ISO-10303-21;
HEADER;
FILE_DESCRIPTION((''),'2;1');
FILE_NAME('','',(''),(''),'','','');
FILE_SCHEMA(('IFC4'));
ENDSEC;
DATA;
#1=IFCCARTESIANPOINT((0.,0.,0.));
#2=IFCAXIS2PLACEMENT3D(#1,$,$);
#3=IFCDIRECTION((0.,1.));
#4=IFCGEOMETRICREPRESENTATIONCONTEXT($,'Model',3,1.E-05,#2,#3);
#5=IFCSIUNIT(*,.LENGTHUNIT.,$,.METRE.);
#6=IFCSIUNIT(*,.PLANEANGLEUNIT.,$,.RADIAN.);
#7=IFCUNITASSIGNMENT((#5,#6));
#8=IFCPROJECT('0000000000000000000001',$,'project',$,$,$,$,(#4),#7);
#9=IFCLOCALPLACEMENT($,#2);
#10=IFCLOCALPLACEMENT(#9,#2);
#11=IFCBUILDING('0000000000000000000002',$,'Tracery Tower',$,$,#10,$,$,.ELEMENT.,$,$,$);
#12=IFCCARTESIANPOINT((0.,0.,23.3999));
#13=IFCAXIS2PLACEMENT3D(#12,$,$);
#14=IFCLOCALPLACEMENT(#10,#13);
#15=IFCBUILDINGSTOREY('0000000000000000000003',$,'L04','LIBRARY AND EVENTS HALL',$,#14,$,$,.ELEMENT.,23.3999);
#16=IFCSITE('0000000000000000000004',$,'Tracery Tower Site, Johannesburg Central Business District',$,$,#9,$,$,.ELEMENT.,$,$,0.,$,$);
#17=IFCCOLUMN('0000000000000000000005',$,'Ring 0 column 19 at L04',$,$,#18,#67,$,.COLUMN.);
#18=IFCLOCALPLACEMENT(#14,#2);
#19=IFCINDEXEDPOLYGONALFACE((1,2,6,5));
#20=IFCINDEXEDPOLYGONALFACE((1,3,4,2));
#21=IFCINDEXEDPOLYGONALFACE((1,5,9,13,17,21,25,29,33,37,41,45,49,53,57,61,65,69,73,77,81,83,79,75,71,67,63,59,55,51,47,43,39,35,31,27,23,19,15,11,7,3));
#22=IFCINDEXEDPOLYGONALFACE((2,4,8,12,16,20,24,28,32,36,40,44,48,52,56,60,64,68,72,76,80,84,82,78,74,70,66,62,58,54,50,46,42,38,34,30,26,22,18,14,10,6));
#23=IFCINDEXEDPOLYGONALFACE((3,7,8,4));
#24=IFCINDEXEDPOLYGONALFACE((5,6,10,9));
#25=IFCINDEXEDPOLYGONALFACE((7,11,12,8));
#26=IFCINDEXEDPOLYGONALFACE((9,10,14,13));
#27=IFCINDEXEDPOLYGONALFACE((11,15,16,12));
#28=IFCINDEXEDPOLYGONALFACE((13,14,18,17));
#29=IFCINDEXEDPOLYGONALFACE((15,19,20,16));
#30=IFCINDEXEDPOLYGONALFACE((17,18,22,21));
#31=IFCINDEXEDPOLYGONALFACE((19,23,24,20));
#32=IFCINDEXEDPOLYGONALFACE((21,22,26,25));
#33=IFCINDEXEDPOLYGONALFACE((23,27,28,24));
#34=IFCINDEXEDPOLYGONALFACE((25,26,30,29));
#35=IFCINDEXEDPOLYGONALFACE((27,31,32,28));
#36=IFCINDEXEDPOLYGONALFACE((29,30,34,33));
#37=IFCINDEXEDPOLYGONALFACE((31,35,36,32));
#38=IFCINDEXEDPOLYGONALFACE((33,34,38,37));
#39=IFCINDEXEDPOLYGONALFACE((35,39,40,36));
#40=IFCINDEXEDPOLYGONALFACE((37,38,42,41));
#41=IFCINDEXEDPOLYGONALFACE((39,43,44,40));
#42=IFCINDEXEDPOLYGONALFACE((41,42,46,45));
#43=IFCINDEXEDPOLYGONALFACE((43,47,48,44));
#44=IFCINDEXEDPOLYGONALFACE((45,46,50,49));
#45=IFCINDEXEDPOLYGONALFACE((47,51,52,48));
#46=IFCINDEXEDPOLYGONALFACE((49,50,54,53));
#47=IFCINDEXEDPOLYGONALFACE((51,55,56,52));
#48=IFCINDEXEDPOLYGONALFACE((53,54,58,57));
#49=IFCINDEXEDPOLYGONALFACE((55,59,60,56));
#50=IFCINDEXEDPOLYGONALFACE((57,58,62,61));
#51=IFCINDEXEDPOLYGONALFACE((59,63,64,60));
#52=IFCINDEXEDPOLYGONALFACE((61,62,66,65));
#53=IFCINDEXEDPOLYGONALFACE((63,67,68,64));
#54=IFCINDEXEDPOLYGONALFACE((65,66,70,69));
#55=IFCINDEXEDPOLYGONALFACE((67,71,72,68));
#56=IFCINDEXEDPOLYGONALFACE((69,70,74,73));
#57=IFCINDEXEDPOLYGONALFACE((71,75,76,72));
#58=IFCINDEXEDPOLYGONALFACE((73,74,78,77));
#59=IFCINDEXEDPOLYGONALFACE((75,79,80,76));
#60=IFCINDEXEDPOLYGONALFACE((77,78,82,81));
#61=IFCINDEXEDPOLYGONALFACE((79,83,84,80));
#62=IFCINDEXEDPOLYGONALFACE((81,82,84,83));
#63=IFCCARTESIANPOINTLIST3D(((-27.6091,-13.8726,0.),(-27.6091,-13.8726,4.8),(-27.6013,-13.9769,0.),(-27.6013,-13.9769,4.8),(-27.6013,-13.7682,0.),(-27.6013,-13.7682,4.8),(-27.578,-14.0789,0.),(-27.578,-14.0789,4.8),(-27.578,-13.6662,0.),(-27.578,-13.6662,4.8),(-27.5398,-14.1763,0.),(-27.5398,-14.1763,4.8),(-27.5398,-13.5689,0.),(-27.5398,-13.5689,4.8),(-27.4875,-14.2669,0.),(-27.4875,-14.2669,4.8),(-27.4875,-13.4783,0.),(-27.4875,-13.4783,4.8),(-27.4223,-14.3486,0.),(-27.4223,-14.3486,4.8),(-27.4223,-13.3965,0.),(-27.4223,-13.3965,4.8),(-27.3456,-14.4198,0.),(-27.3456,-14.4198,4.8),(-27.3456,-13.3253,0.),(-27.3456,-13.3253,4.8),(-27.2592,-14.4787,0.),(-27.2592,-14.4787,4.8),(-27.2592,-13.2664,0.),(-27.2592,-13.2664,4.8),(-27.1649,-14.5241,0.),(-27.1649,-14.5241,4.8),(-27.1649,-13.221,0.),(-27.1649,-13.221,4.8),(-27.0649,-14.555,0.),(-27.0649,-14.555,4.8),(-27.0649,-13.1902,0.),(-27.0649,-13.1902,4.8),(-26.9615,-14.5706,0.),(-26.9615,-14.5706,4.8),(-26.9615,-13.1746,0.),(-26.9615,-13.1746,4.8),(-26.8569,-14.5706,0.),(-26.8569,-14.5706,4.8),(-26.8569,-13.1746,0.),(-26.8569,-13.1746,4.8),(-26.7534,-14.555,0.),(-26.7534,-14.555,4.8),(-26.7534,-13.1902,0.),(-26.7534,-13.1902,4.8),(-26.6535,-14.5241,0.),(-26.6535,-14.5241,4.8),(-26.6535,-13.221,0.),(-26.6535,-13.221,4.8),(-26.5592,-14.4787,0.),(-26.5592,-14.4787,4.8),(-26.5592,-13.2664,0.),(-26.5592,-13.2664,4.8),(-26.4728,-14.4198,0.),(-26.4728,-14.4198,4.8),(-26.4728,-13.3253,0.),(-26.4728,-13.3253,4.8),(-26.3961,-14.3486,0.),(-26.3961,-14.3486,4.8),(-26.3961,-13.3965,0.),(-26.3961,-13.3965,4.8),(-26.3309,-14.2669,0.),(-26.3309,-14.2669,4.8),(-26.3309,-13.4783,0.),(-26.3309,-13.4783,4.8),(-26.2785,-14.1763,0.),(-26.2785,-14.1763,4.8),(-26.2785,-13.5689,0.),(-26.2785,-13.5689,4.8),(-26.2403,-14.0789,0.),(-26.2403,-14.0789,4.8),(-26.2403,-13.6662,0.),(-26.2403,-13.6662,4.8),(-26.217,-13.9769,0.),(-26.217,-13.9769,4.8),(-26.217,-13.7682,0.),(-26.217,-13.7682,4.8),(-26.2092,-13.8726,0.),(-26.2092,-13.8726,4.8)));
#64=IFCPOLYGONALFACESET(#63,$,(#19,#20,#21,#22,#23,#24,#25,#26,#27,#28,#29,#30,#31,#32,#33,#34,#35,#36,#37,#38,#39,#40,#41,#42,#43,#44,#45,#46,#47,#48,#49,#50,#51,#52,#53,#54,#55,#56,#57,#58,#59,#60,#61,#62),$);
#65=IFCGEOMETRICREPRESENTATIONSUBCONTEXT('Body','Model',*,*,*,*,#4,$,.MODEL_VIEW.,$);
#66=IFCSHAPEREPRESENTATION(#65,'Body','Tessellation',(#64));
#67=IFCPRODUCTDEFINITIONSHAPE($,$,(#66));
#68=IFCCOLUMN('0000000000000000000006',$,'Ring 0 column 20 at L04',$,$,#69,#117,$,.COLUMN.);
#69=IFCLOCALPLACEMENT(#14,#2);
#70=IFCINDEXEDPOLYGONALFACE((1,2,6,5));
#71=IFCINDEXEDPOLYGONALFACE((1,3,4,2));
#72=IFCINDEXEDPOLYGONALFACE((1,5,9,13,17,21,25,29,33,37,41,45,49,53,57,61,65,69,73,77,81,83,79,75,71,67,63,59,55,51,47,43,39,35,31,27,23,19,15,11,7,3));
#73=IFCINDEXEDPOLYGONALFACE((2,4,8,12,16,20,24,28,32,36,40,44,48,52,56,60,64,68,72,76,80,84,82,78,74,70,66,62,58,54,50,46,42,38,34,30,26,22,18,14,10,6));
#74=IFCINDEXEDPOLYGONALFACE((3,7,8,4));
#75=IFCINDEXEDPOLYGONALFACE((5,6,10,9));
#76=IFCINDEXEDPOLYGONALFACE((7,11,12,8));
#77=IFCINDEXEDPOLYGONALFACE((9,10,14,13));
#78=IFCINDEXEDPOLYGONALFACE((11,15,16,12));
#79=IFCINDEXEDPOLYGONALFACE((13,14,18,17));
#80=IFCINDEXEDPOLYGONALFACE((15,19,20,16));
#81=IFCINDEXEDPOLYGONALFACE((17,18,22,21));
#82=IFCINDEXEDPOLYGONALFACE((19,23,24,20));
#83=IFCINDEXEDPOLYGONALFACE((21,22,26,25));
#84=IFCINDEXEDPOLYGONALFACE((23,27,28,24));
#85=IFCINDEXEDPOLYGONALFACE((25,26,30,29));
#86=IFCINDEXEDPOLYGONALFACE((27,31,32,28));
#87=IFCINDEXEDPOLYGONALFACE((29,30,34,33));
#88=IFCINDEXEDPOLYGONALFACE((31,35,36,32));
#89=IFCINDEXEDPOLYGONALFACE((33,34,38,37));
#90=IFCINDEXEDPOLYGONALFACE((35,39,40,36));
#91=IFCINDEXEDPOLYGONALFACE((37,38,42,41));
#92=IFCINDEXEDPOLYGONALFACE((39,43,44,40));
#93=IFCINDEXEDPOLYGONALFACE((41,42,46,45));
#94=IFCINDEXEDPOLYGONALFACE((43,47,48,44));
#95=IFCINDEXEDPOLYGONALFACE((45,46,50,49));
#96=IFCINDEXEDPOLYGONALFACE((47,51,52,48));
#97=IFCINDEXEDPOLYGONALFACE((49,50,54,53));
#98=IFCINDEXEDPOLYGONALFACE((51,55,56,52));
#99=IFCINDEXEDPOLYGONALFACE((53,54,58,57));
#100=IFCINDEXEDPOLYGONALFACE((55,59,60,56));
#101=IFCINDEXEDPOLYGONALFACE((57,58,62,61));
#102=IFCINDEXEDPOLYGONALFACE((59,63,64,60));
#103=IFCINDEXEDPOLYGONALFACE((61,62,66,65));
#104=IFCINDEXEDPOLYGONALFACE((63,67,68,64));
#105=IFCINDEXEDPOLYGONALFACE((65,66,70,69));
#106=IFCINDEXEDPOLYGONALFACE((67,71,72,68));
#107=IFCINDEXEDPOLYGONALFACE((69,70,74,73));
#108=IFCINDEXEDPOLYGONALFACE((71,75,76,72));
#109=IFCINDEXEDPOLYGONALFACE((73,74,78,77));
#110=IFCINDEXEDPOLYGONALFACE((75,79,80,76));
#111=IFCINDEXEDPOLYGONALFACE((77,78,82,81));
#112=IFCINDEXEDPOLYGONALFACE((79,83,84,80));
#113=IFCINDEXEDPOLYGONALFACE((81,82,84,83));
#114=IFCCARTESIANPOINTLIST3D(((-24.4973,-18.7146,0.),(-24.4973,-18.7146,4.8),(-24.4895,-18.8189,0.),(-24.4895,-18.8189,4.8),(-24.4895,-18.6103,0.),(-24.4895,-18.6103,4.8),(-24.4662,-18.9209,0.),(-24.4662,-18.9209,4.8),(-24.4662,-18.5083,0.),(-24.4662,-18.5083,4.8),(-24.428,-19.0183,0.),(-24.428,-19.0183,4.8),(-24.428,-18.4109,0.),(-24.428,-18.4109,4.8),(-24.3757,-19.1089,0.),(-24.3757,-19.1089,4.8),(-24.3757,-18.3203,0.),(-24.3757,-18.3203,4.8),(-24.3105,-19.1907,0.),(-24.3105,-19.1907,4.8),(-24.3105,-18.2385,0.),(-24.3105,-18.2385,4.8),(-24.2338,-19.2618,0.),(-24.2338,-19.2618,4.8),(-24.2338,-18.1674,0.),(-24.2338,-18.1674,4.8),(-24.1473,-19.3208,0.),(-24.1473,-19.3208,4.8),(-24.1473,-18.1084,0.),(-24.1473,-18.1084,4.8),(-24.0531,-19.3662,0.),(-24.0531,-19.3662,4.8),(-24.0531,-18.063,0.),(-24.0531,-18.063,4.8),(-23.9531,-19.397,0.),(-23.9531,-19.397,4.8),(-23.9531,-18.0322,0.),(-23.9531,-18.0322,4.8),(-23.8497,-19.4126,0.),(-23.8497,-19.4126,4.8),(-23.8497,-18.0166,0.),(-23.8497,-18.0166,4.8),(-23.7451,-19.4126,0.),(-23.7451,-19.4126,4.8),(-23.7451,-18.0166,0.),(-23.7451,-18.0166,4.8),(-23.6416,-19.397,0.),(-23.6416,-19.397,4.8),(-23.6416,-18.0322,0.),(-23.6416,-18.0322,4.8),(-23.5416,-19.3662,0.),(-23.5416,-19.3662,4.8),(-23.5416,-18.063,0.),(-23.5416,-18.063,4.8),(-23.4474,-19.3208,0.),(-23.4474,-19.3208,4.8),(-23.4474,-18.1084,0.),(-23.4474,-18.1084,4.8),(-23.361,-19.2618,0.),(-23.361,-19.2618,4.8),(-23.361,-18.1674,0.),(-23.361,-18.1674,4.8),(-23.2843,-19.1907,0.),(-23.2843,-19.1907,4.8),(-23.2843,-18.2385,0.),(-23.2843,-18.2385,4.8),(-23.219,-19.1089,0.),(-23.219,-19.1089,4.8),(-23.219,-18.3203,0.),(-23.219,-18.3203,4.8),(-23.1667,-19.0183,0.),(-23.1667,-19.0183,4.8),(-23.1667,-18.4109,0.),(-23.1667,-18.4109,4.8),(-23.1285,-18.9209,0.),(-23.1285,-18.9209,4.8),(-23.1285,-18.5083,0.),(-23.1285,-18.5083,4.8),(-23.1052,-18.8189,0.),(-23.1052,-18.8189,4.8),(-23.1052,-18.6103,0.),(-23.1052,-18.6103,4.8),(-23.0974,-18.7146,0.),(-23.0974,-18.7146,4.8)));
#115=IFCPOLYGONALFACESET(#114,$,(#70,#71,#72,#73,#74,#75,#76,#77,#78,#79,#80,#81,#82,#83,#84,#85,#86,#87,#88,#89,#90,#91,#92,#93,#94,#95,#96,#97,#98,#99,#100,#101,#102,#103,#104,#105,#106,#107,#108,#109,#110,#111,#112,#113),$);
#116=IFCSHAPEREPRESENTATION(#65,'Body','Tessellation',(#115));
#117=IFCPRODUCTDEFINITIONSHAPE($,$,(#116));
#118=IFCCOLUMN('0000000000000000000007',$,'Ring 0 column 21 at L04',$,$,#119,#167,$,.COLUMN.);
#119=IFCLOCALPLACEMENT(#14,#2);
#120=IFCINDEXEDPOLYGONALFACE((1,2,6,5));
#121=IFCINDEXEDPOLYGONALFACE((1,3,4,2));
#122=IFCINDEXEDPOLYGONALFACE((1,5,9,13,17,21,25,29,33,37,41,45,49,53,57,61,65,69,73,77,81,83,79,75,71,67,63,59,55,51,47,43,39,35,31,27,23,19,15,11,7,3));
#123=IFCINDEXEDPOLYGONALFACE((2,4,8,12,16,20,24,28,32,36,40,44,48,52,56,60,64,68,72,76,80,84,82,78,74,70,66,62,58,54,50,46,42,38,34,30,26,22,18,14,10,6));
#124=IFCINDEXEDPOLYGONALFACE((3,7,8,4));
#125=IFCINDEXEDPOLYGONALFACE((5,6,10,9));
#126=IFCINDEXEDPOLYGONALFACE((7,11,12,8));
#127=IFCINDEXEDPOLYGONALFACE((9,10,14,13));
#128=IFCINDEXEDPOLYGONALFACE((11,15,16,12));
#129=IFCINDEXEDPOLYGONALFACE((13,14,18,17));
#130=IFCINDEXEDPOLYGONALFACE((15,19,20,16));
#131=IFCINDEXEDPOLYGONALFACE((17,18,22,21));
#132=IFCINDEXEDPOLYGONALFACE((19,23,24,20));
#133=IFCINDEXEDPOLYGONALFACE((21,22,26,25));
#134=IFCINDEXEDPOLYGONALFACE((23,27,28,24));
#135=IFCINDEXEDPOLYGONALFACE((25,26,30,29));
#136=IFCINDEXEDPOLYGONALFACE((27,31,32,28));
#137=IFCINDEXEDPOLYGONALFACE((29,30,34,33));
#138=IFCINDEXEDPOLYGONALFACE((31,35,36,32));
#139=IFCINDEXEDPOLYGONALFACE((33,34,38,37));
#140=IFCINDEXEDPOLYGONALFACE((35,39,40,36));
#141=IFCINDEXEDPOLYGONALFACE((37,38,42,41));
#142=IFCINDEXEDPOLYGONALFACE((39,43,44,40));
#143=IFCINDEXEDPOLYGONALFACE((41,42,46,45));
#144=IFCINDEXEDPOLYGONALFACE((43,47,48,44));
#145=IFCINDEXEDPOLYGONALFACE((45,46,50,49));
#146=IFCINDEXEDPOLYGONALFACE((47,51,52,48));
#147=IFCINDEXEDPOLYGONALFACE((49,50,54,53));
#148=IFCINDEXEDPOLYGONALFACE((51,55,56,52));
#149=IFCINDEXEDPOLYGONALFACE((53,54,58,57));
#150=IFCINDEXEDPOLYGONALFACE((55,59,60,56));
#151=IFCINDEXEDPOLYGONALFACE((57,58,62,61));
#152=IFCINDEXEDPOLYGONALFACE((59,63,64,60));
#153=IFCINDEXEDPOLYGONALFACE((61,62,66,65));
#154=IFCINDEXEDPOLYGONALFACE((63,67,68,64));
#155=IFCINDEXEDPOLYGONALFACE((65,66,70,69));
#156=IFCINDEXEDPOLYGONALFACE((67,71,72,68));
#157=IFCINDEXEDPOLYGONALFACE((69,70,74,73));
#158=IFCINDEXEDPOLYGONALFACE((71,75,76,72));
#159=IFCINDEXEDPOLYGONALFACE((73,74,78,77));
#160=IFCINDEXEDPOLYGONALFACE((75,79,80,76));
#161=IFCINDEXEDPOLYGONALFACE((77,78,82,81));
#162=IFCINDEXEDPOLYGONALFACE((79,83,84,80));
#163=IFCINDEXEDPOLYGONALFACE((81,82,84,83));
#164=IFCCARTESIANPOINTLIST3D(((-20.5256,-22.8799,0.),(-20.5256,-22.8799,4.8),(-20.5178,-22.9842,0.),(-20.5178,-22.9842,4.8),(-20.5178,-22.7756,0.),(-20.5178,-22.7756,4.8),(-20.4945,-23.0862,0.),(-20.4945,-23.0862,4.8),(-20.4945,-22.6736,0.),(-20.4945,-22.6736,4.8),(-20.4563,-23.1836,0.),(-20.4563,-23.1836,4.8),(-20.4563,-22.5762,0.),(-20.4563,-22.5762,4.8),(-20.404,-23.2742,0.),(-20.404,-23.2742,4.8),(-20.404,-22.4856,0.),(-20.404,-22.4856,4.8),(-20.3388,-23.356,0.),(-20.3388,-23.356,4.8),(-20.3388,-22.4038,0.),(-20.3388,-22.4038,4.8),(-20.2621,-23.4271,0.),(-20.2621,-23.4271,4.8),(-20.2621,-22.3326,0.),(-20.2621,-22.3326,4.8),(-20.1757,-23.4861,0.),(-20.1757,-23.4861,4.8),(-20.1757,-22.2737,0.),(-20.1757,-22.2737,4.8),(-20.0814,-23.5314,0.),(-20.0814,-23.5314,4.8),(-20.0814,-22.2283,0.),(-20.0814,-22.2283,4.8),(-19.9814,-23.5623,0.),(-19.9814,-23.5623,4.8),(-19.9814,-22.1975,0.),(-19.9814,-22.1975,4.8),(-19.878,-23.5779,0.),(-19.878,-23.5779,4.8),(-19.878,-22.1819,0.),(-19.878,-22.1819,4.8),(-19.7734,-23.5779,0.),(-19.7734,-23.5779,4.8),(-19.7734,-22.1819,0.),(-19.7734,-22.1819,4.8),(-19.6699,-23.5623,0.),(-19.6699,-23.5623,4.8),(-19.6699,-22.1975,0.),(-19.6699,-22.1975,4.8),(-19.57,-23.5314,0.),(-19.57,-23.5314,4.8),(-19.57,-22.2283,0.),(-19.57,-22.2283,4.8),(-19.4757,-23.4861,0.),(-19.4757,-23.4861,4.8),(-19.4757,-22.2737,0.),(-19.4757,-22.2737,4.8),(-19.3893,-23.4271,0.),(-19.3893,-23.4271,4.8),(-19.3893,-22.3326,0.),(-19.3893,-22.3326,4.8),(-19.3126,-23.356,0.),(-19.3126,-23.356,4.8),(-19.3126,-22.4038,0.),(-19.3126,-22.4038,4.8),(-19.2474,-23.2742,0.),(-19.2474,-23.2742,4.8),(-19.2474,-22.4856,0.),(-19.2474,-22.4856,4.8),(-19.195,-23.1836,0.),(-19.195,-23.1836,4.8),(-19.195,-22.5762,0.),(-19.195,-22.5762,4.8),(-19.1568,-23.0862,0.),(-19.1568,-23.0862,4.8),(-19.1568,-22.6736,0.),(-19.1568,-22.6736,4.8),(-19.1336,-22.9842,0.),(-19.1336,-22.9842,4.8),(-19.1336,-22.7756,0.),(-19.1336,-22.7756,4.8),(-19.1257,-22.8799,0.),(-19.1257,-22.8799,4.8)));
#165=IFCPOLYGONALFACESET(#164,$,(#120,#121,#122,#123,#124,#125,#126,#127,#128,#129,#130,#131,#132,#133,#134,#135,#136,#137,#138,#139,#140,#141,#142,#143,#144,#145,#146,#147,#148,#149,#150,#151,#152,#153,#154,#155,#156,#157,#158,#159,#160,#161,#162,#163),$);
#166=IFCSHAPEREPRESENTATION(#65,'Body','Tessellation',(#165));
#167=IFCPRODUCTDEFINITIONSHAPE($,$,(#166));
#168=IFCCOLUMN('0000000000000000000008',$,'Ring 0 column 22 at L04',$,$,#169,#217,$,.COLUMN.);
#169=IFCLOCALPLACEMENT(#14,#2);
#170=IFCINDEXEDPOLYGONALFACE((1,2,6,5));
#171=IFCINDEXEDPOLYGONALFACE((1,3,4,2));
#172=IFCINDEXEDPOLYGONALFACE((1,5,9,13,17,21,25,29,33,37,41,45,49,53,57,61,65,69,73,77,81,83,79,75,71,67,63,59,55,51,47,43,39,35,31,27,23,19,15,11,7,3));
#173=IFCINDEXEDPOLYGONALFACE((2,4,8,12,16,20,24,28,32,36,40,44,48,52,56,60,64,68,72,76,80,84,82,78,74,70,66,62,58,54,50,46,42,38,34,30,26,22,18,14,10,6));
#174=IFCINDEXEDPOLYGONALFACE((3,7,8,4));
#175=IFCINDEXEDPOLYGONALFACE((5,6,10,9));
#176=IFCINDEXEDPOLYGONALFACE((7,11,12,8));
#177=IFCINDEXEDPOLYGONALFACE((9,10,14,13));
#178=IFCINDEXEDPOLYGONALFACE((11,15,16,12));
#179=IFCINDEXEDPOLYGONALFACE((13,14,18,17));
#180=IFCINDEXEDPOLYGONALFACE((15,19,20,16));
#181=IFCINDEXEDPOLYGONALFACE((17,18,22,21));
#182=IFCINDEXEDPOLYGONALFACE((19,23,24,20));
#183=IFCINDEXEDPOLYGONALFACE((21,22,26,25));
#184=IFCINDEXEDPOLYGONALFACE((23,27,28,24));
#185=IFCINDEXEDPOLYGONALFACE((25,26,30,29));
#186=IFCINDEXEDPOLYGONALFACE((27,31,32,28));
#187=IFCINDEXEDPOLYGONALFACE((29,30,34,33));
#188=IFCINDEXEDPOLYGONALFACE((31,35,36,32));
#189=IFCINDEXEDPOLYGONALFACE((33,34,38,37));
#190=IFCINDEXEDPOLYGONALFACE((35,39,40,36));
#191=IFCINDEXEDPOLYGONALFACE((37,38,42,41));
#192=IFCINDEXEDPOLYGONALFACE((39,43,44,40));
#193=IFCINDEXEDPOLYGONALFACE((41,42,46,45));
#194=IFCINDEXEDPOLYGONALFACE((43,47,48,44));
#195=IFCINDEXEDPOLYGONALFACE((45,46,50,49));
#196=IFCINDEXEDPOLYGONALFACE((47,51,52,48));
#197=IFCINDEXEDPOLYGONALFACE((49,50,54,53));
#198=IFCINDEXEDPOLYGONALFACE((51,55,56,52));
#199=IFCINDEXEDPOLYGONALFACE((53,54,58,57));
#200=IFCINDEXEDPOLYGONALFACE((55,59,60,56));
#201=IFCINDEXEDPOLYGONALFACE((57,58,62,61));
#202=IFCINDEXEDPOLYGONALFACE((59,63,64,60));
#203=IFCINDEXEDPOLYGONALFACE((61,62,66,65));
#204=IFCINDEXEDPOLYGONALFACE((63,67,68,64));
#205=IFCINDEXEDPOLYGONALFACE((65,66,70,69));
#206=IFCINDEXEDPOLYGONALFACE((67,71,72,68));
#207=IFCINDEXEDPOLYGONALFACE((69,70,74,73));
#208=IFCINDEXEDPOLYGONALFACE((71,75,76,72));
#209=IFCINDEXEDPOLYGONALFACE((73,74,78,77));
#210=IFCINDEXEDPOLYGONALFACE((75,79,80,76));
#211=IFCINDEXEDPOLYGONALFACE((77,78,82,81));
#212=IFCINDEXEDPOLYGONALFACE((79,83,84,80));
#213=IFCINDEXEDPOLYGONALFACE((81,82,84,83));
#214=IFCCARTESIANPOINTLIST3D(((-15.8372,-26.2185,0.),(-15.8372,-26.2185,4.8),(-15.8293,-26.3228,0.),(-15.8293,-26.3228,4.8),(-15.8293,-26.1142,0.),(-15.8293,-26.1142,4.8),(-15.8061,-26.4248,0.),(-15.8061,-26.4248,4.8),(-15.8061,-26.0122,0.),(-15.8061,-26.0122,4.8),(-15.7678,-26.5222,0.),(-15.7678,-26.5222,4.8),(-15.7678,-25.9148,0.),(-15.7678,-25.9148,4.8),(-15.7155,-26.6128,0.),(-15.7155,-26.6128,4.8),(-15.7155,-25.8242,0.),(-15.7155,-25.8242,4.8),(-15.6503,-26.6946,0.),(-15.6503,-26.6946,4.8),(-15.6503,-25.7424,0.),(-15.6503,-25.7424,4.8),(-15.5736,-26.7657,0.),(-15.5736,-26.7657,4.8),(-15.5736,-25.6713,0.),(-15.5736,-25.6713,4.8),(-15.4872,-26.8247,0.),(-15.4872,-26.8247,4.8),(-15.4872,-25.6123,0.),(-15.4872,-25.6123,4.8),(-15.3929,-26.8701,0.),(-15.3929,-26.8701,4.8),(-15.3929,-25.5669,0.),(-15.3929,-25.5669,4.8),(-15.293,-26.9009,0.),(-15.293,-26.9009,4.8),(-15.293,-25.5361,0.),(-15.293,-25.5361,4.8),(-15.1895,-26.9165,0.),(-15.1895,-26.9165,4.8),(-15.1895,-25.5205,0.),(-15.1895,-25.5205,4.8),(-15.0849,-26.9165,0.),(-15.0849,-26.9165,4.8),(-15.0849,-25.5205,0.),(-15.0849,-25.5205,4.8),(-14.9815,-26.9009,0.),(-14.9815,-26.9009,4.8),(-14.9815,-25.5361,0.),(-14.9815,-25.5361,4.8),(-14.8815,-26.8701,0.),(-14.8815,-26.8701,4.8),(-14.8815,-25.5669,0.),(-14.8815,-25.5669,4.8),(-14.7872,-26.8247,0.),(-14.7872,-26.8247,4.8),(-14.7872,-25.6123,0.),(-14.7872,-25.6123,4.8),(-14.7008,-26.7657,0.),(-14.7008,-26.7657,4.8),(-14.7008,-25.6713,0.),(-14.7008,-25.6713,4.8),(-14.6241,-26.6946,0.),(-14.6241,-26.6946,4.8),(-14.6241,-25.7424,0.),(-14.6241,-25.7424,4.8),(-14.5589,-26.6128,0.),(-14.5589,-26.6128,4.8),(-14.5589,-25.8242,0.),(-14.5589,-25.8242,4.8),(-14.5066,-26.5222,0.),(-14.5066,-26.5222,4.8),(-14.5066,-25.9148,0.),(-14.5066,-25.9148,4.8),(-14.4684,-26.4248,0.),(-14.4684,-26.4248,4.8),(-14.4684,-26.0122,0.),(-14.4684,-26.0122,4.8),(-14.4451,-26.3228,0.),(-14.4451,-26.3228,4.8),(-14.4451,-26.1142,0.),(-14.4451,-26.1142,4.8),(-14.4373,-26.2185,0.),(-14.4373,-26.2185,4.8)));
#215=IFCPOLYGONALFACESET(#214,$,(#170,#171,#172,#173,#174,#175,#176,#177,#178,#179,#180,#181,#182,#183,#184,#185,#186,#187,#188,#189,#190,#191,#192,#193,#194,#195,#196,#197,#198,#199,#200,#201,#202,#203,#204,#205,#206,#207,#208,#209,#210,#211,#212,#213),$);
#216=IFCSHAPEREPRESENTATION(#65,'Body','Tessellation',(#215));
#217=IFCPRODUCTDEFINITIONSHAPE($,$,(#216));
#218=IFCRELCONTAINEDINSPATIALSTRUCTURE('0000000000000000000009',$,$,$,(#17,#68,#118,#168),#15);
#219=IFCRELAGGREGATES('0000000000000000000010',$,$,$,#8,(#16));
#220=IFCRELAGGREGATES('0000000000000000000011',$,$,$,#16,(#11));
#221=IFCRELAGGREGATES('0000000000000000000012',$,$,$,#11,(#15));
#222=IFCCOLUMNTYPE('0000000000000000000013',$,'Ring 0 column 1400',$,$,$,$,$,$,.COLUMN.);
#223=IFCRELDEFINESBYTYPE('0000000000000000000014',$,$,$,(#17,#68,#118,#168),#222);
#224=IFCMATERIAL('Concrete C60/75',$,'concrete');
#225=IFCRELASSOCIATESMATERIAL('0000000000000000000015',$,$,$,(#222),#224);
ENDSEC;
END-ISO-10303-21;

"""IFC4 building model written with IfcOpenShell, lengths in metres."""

from ifc_helpers import new_model, si_unit, direction, frame, origin, origin_2d, place, context, subcontext, project, spatial, circle, extrude, material, material_profile, profile_set, type_object, element, save


model = new_model("IFC4")

# Units and contexts
model_context = context("Model", 3, precision=1e-05, world=origin(), true_north=direction((0.0, 1.0)))
body_context = subcontext(model_context, "Body", "Model", "MODEL_VIEW")
ifc_project = project(units=[si_unit("LENGTHUNIT", "METRE"), si_unit("PLANEANGLEUNIT", "RADIAN")], contexts=[model_context])

# Site, building, storey
site_placement = place(None, origin())
site = spatial("IfcSite", under=ifc_project, at=site_placement, Name="Tracery Tower Site, Johannesburg Central Business District", CompositionType="ELEMENT", RefElevation=0.0)
building_placement = place(site_placement, origin())
building = spatial("IfcBuilding", under=site, at=building_placement, Name="Tracery Tower", CompositionType="ELEMENT")
storey_placement = place(building_placement, frame((0.0, 0.0, 23.3999)))
storey = spatial("IfcBuildingStorey", under=building, at=storey_placement, Name="L04", Description="LIBRARY AND EVENTS HALL", CompositionType="ELEMENT", Elevation=23.3999)

# Columns
ifc_material_1 = material(Name="Concrete C60/75", Category="concrete")
ifc_material_profile_1 = material_profile(ifc_material_1, circle(Radius=0.7, at=origin_2d()), Name="RC D1400")
ifc_profile_set_1 = profile_set([ifc_material_profile_1], Name="Concrete C60/75")
column_type_1 = type_object("IfcColumnType", Name="Ring 0 column 1400", PredefinedType="COLUMN", material=ifc_profile_set_1)
for number, where, z_axis, x_axis, name in (
    (1, (-26.9092, -13.8726, 0.0), (0.0, 0.0, 1.0), (1.0, 0.0, 0.0), "Ring 0 column 19 at L04"),
    (2, (-23.7974, -18.7146, 0.0), (0.0, 0.0, 1.0), (1.0, 0.0, 0.0), "Ring 0 column 20 at L04"),
    (3, (-19.8257, -22.8799, 0.0), (0.0, 0.0, 1.0), (1.0, 0.0, 0.0), "Ring 0 column 21 at L04"),
    (4, (-15.1372, -26.2185, 0.0), (0.0, 0.0, 1.0), (1.0, 0.0, 0.0), "Ring 0 column 22 at L04"),
):
    element("IfcColumn", number, at=place(storey_placement, frame(where, z_axis=z_axis, x_axis=x_axis)), inside=storey, type_object=column_type_1, Name=name, PredefinedType="COLUMN", context=body_context, shape_type="SweptSolid", body=[
        extrude(circle(Radius=0.7, at=origin_2d()), origin(), (0.0, 0.0, 1.0), 4.8),
    ])

save(model, "model.ifc")
